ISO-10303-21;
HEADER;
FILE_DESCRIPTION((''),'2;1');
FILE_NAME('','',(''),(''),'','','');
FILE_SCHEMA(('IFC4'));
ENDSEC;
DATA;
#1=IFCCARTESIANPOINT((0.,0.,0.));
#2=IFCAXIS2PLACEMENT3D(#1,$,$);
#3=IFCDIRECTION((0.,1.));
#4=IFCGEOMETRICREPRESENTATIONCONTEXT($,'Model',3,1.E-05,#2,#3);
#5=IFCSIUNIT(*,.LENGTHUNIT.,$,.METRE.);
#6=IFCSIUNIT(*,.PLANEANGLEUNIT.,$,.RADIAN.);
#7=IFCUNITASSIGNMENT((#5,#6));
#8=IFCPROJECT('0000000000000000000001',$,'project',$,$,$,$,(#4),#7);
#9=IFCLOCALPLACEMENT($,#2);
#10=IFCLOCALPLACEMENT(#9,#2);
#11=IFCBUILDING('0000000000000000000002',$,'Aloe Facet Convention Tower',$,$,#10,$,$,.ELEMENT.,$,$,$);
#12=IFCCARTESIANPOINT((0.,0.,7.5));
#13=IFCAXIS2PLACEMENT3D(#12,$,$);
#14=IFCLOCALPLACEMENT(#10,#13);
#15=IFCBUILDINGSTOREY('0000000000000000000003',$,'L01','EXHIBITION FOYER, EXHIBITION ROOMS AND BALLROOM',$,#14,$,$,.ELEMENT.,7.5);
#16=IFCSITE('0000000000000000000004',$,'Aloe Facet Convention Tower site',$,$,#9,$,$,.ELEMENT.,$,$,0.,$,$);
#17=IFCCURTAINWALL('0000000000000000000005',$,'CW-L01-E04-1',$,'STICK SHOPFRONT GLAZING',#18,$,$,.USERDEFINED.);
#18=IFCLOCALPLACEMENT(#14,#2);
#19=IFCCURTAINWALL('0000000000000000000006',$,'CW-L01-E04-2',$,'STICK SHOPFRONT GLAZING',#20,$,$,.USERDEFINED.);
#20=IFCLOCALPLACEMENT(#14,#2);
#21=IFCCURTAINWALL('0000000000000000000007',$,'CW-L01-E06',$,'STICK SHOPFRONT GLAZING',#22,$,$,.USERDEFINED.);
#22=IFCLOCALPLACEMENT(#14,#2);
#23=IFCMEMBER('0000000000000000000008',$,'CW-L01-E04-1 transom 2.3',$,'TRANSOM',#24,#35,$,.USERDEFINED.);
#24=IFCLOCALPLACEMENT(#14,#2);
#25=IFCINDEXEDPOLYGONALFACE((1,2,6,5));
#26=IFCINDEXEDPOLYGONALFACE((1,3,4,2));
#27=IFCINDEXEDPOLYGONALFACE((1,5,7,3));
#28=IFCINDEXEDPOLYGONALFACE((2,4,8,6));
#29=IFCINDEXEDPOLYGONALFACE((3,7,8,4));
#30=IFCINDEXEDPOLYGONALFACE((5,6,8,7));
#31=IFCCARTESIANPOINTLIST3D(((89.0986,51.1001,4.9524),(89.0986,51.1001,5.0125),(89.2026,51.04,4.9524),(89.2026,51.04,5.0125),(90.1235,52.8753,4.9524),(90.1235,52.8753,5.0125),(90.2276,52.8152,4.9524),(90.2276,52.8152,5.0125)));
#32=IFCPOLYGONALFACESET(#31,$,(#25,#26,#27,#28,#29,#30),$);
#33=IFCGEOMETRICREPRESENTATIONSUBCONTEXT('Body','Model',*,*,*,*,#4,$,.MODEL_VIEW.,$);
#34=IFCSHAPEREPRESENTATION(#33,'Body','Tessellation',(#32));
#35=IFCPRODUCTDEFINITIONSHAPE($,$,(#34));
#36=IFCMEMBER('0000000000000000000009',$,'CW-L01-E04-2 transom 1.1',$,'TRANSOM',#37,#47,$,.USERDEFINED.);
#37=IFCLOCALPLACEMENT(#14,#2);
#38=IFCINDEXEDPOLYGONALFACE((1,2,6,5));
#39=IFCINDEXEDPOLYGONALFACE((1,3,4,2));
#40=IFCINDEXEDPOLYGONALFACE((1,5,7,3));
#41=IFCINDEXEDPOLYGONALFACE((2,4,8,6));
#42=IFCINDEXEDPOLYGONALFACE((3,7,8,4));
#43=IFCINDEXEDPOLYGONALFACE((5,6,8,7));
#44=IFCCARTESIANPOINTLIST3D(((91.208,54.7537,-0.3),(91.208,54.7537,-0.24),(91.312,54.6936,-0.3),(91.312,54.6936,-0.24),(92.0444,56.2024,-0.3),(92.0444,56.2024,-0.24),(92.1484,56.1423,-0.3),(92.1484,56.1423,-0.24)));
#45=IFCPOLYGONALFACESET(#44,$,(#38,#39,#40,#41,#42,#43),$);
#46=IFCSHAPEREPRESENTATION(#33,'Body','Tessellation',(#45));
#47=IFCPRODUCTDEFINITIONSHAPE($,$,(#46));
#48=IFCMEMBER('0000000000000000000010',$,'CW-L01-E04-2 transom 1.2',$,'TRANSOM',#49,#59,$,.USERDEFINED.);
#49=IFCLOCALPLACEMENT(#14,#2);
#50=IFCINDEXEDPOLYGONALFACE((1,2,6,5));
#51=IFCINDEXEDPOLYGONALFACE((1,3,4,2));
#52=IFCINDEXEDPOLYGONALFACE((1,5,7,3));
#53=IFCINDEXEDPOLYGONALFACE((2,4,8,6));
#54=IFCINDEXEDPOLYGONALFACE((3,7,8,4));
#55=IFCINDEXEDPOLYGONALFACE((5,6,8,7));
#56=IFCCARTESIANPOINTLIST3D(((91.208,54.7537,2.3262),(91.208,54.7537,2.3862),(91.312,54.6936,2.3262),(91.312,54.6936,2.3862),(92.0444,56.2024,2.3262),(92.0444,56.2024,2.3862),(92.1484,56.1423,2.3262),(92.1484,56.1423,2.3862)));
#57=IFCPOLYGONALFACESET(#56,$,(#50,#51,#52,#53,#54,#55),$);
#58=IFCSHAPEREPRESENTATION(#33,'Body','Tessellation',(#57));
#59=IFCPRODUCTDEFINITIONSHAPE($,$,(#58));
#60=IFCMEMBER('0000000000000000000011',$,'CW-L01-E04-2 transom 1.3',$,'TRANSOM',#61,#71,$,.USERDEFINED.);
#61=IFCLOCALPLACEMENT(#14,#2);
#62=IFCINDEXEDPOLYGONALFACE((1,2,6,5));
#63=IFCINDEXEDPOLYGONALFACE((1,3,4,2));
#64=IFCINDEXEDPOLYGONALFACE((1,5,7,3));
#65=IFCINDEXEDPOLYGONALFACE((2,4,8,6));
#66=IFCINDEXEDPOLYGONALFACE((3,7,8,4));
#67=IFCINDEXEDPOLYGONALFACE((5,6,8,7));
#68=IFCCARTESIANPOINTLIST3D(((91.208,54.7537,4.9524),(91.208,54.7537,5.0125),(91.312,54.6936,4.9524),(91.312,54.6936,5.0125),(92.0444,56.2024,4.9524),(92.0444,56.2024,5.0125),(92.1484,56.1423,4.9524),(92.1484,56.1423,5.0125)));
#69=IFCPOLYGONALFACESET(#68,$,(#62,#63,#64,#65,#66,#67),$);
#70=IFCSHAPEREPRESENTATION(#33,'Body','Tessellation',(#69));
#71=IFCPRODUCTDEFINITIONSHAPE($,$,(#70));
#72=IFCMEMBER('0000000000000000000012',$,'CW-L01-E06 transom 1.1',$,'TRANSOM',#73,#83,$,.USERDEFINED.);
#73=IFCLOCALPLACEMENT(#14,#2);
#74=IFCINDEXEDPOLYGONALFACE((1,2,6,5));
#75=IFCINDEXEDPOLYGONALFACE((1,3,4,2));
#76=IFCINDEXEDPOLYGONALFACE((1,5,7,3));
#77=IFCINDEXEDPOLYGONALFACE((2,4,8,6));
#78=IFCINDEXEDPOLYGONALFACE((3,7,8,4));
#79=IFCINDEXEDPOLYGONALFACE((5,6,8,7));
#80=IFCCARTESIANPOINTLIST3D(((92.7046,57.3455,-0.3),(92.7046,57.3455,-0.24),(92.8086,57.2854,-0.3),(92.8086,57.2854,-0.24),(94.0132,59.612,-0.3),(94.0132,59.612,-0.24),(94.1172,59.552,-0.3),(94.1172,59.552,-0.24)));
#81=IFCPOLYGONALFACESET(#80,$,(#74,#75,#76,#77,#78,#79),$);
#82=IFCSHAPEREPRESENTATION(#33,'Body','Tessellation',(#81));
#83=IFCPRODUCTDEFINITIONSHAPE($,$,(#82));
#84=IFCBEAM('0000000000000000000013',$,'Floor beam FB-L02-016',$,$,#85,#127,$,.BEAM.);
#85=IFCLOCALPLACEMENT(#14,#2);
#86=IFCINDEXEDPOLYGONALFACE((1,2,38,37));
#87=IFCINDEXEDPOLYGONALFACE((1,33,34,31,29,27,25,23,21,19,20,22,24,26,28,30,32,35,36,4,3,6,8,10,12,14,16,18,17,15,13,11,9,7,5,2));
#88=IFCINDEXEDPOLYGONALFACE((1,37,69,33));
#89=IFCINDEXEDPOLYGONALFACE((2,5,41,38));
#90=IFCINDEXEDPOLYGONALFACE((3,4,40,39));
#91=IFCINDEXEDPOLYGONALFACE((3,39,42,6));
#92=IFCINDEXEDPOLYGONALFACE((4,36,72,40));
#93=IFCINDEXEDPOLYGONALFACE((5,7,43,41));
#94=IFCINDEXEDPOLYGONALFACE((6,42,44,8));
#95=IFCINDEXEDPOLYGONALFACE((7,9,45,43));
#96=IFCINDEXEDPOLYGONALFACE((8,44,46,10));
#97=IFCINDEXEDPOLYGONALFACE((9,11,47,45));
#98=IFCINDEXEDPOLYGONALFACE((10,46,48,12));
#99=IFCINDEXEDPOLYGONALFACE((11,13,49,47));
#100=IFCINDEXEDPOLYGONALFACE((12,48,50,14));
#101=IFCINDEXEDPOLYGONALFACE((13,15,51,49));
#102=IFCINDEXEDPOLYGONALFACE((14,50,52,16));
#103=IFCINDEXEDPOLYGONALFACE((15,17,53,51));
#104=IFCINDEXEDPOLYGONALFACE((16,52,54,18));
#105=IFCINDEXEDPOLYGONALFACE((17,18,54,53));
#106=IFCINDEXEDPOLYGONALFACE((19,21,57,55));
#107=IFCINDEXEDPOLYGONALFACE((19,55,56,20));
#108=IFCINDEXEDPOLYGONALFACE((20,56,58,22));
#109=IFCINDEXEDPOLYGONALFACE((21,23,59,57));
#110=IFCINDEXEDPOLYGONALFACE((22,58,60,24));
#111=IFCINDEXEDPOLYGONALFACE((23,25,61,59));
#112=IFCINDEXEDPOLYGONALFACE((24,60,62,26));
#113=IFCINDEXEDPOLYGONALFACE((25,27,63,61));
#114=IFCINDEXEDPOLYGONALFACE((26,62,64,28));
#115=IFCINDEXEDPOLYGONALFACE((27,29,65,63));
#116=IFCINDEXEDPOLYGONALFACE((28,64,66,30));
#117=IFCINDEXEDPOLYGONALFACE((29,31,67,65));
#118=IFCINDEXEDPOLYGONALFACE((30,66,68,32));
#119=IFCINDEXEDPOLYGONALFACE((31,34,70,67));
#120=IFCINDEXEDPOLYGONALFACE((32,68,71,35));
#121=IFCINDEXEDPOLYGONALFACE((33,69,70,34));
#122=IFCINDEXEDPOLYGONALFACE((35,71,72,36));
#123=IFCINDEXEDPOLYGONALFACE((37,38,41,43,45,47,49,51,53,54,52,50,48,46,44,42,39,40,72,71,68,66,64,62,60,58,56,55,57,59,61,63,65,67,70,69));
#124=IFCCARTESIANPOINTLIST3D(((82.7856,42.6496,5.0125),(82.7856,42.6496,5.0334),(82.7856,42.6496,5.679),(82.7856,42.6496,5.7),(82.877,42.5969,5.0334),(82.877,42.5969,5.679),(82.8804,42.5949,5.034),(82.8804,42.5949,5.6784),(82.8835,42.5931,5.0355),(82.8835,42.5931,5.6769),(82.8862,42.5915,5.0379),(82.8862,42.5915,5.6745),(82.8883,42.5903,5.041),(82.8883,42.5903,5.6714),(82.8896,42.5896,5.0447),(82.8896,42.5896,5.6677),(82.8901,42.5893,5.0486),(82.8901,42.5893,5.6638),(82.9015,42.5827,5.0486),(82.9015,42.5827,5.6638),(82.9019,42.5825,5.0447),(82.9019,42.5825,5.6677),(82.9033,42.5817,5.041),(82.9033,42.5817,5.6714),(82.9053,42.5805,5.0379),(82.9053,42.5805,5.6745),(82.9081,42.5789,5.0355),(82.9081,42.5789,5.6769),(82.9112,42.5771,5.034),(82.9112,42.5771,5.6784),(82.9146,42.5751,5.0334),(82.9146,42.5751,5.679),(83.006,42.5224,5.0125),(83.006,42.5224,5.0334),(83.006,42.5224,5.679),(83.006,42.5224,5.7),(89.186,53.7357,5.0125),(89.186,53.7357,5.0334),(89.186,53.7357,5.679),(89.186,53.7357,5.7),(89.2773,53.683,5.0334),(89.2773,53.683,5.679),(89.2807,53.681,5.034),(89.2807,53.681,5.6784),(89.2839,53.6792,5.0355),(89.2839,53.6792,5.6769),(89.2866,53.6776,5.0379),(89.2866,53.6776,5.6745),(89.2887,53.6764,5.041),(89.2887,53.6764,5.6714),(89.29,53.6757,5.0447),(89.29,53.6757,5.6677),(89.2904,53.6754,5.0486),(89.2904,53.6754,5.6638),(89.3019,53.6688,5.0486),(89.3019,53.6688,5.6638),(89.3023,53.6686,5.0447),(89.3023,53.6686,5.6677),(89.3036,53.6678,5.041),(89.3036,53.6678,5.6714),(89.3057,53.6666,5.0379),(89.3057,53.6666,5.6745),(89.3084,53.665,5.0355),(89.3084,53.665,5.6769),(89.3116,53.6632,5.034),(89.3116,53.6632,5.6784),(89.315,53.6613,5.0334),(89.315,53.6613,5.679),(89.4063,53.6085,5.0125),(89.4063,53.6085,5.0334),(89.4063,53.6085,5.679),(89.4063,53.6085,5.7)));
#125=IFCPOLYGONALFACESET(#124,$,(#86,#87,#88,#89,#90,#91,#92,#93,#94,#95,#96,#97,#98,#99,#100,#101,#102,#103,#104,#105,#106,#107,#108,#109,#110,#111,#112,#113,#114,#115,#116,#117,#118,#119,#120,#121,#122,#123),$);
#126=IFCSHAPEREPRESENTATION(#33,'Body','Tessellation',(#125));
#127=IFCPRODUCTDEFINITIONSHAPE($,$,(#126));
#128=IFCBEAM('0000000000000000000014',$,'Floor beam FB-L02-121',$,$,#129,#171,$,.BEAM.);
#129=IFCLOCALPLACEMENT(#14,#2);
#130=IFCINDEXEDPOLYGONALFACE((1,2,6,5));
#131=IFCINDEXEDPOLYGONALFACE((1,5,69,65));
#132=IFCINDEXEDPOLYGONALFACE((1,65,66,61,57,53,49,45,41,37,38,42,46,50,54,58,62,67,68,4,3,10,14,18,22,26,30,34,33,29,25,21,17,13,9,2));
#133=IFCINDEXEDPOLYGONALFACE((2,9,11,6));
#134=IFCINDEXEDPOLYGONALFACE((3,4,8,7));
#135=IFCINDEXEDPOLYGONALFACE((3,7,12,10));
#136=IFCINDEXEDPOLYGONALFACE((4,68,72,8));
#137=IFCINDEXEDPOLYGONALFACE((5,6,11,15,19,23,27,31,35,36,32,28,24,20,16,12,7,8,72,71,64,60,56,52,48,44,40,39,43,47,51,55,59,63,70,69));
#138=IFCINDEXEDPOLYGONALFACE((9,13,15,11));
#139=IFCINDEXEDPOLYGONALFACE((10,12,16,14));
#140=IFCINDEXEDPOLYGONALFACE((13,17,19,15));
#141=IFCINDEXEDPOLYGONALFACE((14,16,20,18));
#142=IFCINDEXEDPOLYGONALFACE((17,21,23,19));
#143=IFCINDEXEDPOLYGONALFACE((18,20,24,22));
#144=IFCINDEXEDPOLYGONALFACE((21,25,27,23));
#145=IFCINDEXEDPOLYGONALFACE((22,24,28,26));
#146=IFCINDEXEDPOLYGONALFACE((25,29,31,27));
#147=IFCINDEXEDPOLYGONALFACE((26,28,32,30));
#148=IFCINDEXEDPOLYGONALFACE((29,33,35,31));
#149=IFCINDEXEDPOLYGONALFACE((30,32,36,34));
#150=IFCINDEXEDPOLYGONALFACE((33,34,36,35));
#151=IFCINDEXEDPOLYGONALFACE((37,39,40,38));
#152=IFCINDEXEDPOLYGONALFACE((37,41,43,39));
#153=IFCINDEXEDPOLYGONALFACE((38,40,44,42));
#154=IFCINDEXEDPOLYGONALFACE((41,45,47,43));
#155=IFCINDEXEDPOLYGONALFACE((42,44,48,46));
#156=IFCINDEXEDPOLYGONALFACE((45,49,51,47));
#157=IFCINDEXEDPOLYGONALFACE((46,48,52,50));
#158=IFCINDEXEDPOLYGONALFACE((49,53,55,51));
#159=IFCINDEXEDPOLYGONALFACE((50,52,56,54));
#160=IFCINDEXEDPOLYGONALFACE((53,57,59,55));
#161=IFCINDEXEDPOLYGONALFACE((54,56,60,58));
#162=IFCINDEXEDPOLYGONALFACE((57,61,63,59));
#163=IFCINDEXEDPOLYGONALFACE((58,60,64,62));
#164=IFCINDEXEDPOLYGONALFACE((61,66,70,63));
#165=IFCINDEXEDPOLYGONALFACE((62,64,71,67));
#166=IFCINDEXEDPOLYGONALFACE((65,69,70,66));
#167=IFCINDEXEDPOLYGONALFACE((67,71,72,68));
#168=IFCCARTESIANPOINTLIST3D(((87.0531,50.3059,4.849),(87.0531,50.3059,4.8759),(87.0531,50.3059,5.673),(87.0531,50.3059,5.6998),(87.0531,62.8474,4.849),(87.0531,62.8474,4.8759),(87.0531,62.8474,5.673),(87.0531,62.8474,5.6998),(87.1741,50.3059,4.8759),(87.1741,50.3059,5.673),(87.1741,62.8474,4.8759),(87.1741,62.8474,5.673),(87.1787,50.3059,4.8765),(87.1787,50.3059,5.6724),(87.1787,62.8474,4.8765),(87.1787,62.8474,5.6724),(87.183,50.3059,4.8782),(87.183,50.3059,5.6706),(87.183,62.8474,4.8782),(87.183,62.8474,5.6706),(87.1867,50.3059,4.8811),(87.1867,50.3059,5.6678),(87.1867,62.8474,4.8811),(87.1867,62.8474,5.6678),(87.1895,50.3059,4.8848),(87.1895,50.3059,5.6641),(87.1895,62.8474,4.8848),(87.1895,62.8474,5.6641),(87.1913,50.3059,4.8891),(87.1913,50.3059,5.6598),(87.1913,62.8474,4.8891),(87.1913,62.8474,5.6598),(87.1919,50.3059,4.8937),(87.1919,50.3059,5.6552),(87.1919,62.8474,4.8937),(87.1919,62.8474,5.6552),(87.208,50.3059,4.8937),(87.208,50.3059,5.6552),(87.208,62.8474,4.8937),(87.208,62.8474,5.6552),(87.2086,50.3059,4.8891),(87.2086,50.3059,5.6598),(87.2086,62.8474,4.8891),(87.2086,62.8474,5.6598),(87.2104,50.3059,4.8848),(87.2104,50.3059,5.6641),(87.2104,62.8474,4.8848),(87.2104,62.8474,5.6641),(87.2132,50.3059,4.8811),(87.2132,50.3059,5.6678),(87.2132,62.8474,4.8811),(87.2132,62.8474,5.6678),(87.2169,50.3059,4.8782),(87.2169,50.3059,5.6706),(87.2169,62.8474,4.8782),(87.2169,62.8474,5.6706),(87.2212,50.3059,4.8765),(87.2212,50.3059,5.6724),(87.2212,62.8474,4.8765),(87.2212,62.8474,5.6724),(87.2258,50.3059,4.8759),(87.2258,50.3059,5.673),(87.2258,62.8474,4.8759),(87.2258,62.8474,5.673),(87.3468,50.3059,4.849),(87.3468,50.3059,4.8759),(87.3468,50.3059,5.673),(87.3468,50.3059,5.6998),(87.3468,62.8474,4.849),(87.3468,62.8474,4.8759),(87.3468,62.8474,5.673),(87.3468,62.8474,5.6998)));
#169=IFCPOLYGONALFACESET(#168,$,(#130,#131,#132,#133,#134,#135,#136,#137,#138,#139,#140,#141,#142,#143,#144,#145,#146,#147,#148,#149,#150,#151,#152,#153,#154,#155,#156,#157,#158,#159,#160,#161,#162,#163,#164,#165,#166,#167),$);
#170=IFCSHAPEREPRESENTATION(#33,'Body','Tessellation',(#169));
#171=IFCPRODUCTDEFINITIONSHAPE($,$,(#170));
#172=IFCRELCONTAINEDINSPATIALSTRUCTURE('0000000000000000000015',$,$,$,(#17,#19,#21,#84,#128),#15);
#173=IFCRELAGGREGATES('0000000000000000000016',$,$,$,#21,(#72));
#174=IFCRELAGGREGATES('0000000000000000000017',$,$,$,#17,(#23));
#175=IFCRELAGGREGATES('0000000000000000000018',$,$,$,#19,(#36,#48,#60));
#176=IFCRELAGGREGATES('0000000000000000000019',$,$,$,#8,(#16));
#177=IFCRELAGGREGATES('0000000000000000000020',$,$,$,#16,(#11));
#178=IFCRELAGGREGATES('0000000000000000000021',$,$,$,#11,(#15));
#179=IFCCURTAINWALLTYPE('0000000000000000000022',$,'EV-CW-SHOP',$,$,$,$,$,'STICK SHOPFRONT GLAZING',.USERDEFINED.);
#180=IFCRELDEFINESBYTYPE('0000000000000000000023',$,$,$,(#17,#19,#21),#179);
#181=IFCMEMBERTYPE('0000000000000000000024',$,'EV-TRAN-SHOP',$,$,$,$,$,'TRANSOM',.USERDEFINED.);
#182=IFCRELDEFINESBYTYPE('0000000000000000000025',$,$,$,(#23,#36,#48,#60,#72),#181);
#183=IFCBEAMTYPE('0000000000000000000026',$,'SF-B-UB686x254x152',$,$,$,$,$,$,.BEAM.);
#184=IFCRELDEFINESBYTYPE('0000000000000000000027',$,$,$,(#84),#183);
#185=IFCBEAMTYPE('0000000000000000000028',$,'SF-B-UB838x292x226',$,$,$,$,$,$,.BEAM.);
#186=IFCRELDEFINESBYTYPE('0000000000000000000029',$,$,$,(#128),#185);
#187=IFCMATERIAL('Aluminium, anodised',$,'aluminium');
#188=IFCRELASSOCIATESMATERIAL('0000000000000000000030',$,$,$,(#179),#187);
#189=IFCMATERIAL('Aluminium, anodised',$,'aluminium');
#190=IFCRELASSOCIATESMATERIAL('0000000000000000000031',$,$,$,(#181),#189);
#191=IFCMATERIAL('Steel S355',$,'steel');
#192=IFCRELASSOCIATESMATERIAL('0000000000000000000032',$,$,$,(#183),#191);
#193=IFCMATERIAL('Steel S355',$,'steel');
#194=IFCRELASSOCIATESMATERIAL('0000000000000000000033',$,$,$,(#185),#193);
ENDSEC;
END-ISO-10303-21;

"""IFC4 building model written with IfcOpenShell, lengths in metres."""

from ifc_helpers import new_model, si_unit, direction, frame, origin, origin_2d, place, context, subcontext, project, spatial, rectangle, i_section, extrude, material, material_profile, profile_set, type_object, element, aggregate, save


model = new_model("IFC4")

# Units and contexts
model_context = context("Model", 3, precision=1e-05, world=origin(), true_north=direction((0.0, 1.0)))
body_context = subcontext(model_context, "Body", "Model", "MODEL_VIEW")
ifc_project = project(units=[si_unit("LENGTHUNIT", "METRE"), si_unit("PLANEANGLEUNIT", "RADIAN")], contexts=[model_context])

# Site, building, storey
site_placement = place(None, origin())
site = spatial("IfcSite", under=ifc_project, at=site_placement, Name="Aloe Facet Convention Tower site", CompositionType="ELEMENT", RefElevation=0.0)
building_placement = place(site_placement, origin())
building = spatial("IfcBuilding", under=site, at=building_placement, Name="Aloe Facet Convention Tower", CompositionType="ELEMENT")
storey_placement = place(building_placement, frame((0.0, 0.0, 7.5)))
storey = spatial("IfcBuildingStorey", under=building, at=storey_placement, Name="L01", Description="EXHIBITION FOYER, EXHIBITION ROOMS AND BALLROOM", CompositionType="ELEMENT", Elevation=7.5)

# Curtain walls
ifc_material_1 = material(Name="Aluminium, anodised", Category="aluminium")
curtain_wall_type = type_object("IfcCurtainWallType", Name="EV-CW-SHOP", ElementType="STICK SHOPFRONT GLAZING", PredefinedType="USERDEFINED", material=ifc_material_1)
curtain_wall_1_placement = place(storey_placement, origin())
curtain_wall_1 = element("IfcCurtainWall", 1, at=curtain_wall_1_placement, inside=storey, type_object=curtain_wall_type, Name="CW-L01-E04-1", ObjectType="STICK SHOPFRONT GLAZING", PredefinedType="USERDEFINED")
curtain_wall_2_placement = place(storey_placement, origin())
curtain_wall_2 = element("IfcCurtainWall", 2, at=curtain_wall_2_placement, inside=storey, type_object=curtain_wall_type, Name="CW-L01-E04-2", ObjectType="STICK SHOPFRONT GLAZING", PredefinedType="USERDEFINED")

# Curtain wall
curtain_wall_3_placement = place(storey_placement, origin())
curtain_wall_3 = element("IfcCurtainWall", 3, at=curtain_wall_3_placement, inside=storey, type_object=curtain_wall_type, Name="CW-L01-E06", ObjectType="STICK SHOPFRONT GLAZING", PredefinedType="USERDEFINED")

# Members
ifc_material_2 = material(Name="Aluminium, anodised", Category="aluminium")
ifc_material_profile_1 = material_profile(ifc_material_2, rectangle(XDim=0.1201, YDim=0.0601, at=origin_2d()), Name="AL 120x60")
ifc_profile_set_1 = profile_set([ifc_material_profile_1], Name="Aluminium, anodised")
member_type_1 = type_object("IfcMemberType", Name="EV-TRAN-SHOP", ElementType="TRANSOM", PredefinedType="USERDEFINED", material=ifc_profile_set_1)
member_1_placement = place(storey_placement, frame((89.1506, 51.0701, 4.9824), z_axis=(0.500008, 0.866021, 0.0), x_axis=(-0.866021, 0.500008, 0.0)))
member_1 = element("IfcMember", 4, at=member_1_placement, type_object=member_type_1, Name="CW-L01-E04-1 transom 2.3", ObjectType="TRANSOM", PredefinedType="USERDEFINED", context=body_context, shape_type="SweptSolid", body=[
    extrude(rectangle(XDim=0.1201, YDim=0.0601, at=origin_2d()), origin(), (0.0, 0.0, 1.0), 2.0498),
])
member_2_placement = place(storey_placement, frame((91.26, 54.7236, -0.27), z_axis=(0.5, 0.866025, 0.0), x_axis=(-0.866025, 0.5, 0.0)))
member_2 = element("IfcMember", 5, at=member_2_placement, type_object=member_type_1, Name="CW-L01-E04-2 transom 1.1", ObjectType="TRANSOM", PredefinedType="USERDEFINED", context=body_context, shape_type="SweptSolid", body=[
    extrude(rectangle(XDim=0.1201, YDim=0.0601, at=origin_2d()), origin(), (0.0, 0.0, 1.0), 1.6729),
])
member_3_placement = place(storey_placement, frame((91.26, 54.7236, 2.3562), z_axis=(0.5, 0.866025, 0.0), x_axis=(-0.866025, 0.5, 0.0)))
member_3 = element("IfcMember", 6, at=member_3_placement, type_object=member_type_1, Name="CW-L01-E04-2 transom 1.2", ObjectType="TRANSOM", PredefinedType="USERDEFINED", context=body_context, shape_type="SweptSolid", body=[
    extrude(rectangle(XDim=0.1201, YDim=0.0601, at=origin_2d()), origin(), (0.0, 0.0, 1.0), 1.6729),
])
member_4_placement = place(storey_placement, frame((91.26, 54.7236, 4.9824), z_axis=(0.5, 0.866025, 0.0), x_axis=(-0.866025, 0.5, 0.0)))
member_4 = element("IfcMember", 7, at=member_4_placement, type_object=member_type_1, Name="CW-L01-E04-2 transom 1.3", ObjectType="TRANSOM", PredefinedType="USERDEFINED", context=body_context, shape_type="SweptSolid", body=[
    extrude(rectangle(XDim=0.1201, YDim=0.0601, at=origin_2d()), origin(), (0.0, 0.0, 1.0), 1.6729),
])
member_5_placement = place(storey_placement, frame((92.7566, 57.3154, -0.27), z_axis=(0.499992, 0.86603, 0.0), x_axis=(-0.86603, 0.499992, 0.0)))
member_5 = element("IfcMember", 8, at=member_5_placement, type_object=member_type_1, Name="CW-L01-E06 transom 1.1", ObjectType="TRANSOM", PredefinedType="USERDEFINED", context=body_context, shape_type="SweptSolid", body=[
    extrude(rectangle(XDim=0.1201, YDim=0.0601, at=origin_2d()), origin(), (0.0, 0.0, 1.0), 2.6172),
])
aggregate(curtain_wall_3, [member_5])

# Beams
ifc_material_3 = material(Name="Steel S355", Category="steel")
ifc_material_profile_2 = material_profile(ifc_material_3, i_section(OverallWidth=0.2544, OverallDepth=0.6875, WebThickness=0.0132, FlangeThickness=0.021, FilletRadius=0.0151, at=origin_2d()), Name="UB 686x254x152")
ifc_profile_set_2 = profile_set([ifc_material_profile_2], Name="Steel S355")
beam_type_1 = type_object("IfcBeamType", Name="SF-B-UB686x254x152", PredefinedType="BEAM", material=ifc_profile_set_2)
beam_1_placement = place(storey_placement, frame((89.2961, 53.6721, 5.3562), z_axis=(-0.499987, -0.866033, 0.0), x_axis=(0.866033, -0.499987, 0.0)))
element("IfcBeam", 9, at=beam_1_placement, inside=storey, type_object=beam_type_1, Name="Floor beam FB-L02-016", PredefinedType="BEAM", context=body_context, shape_type="SweptSolid", body=[
    extrude(i_section(OverallWidth=0.2544, OverallDepth=0.6875, WebThickness=0.0132, FlangeThickness=0.021, FilletRadius=0.0151, at=origin_2d()), origin(), (0.0, 0.0, 1.0), 12.801),
])
ifc_material_4 = material(Name="Steel S355", Category="steel")
ifc_material_profile_3 = material_profile(ifc_material_4, i_section(OverallWidth=0.2937, OverallDepth=0.8508, WebThickness=0.0161, FlangeThickness=0.0269, FilletRadius=0.0178, at=origin_2d()), Name="UB 838x292x226")
ifc_profile_set_3 = profile_set([ifc_material_profile_3], Name="Steel S355")
beam_type_2 = type_object("IfcBeamType", Name="SF-B-UB838x292x226", PredefinedType="BEAM", material=ifc_profile_set_3)
beam_2_placement = place(storey_placement, frame((87.2, 50.3059, 5.2744), z_axis=(0.0, 1.0, 0.0), x_axis=(-1.0, 0.0, 0.0)))
element("IfcBeam", 10, at=beam_2_placement, inside=storey, type_object=beam_type_2, Name="Floor beam FB-L02-121", PredefinedType="BEAM", context=body_context, shape_type="SweptSolid", body=[
    extrude(i_section(OverallWidth=0.2937, OverallDepth=0.8508, WebThickness=0.0161, FlangeThickness=0.0269, FilletRadius=0.0178, at=origin_2d()), origin(), (0.0, 0.0, 1.0), 12.5415),
])

aggregate(curtain_wall_1, [member_1])
aggregate(curtain_wall_2, [member_2, member_3, member_4])

save(model, "model.ifc")
